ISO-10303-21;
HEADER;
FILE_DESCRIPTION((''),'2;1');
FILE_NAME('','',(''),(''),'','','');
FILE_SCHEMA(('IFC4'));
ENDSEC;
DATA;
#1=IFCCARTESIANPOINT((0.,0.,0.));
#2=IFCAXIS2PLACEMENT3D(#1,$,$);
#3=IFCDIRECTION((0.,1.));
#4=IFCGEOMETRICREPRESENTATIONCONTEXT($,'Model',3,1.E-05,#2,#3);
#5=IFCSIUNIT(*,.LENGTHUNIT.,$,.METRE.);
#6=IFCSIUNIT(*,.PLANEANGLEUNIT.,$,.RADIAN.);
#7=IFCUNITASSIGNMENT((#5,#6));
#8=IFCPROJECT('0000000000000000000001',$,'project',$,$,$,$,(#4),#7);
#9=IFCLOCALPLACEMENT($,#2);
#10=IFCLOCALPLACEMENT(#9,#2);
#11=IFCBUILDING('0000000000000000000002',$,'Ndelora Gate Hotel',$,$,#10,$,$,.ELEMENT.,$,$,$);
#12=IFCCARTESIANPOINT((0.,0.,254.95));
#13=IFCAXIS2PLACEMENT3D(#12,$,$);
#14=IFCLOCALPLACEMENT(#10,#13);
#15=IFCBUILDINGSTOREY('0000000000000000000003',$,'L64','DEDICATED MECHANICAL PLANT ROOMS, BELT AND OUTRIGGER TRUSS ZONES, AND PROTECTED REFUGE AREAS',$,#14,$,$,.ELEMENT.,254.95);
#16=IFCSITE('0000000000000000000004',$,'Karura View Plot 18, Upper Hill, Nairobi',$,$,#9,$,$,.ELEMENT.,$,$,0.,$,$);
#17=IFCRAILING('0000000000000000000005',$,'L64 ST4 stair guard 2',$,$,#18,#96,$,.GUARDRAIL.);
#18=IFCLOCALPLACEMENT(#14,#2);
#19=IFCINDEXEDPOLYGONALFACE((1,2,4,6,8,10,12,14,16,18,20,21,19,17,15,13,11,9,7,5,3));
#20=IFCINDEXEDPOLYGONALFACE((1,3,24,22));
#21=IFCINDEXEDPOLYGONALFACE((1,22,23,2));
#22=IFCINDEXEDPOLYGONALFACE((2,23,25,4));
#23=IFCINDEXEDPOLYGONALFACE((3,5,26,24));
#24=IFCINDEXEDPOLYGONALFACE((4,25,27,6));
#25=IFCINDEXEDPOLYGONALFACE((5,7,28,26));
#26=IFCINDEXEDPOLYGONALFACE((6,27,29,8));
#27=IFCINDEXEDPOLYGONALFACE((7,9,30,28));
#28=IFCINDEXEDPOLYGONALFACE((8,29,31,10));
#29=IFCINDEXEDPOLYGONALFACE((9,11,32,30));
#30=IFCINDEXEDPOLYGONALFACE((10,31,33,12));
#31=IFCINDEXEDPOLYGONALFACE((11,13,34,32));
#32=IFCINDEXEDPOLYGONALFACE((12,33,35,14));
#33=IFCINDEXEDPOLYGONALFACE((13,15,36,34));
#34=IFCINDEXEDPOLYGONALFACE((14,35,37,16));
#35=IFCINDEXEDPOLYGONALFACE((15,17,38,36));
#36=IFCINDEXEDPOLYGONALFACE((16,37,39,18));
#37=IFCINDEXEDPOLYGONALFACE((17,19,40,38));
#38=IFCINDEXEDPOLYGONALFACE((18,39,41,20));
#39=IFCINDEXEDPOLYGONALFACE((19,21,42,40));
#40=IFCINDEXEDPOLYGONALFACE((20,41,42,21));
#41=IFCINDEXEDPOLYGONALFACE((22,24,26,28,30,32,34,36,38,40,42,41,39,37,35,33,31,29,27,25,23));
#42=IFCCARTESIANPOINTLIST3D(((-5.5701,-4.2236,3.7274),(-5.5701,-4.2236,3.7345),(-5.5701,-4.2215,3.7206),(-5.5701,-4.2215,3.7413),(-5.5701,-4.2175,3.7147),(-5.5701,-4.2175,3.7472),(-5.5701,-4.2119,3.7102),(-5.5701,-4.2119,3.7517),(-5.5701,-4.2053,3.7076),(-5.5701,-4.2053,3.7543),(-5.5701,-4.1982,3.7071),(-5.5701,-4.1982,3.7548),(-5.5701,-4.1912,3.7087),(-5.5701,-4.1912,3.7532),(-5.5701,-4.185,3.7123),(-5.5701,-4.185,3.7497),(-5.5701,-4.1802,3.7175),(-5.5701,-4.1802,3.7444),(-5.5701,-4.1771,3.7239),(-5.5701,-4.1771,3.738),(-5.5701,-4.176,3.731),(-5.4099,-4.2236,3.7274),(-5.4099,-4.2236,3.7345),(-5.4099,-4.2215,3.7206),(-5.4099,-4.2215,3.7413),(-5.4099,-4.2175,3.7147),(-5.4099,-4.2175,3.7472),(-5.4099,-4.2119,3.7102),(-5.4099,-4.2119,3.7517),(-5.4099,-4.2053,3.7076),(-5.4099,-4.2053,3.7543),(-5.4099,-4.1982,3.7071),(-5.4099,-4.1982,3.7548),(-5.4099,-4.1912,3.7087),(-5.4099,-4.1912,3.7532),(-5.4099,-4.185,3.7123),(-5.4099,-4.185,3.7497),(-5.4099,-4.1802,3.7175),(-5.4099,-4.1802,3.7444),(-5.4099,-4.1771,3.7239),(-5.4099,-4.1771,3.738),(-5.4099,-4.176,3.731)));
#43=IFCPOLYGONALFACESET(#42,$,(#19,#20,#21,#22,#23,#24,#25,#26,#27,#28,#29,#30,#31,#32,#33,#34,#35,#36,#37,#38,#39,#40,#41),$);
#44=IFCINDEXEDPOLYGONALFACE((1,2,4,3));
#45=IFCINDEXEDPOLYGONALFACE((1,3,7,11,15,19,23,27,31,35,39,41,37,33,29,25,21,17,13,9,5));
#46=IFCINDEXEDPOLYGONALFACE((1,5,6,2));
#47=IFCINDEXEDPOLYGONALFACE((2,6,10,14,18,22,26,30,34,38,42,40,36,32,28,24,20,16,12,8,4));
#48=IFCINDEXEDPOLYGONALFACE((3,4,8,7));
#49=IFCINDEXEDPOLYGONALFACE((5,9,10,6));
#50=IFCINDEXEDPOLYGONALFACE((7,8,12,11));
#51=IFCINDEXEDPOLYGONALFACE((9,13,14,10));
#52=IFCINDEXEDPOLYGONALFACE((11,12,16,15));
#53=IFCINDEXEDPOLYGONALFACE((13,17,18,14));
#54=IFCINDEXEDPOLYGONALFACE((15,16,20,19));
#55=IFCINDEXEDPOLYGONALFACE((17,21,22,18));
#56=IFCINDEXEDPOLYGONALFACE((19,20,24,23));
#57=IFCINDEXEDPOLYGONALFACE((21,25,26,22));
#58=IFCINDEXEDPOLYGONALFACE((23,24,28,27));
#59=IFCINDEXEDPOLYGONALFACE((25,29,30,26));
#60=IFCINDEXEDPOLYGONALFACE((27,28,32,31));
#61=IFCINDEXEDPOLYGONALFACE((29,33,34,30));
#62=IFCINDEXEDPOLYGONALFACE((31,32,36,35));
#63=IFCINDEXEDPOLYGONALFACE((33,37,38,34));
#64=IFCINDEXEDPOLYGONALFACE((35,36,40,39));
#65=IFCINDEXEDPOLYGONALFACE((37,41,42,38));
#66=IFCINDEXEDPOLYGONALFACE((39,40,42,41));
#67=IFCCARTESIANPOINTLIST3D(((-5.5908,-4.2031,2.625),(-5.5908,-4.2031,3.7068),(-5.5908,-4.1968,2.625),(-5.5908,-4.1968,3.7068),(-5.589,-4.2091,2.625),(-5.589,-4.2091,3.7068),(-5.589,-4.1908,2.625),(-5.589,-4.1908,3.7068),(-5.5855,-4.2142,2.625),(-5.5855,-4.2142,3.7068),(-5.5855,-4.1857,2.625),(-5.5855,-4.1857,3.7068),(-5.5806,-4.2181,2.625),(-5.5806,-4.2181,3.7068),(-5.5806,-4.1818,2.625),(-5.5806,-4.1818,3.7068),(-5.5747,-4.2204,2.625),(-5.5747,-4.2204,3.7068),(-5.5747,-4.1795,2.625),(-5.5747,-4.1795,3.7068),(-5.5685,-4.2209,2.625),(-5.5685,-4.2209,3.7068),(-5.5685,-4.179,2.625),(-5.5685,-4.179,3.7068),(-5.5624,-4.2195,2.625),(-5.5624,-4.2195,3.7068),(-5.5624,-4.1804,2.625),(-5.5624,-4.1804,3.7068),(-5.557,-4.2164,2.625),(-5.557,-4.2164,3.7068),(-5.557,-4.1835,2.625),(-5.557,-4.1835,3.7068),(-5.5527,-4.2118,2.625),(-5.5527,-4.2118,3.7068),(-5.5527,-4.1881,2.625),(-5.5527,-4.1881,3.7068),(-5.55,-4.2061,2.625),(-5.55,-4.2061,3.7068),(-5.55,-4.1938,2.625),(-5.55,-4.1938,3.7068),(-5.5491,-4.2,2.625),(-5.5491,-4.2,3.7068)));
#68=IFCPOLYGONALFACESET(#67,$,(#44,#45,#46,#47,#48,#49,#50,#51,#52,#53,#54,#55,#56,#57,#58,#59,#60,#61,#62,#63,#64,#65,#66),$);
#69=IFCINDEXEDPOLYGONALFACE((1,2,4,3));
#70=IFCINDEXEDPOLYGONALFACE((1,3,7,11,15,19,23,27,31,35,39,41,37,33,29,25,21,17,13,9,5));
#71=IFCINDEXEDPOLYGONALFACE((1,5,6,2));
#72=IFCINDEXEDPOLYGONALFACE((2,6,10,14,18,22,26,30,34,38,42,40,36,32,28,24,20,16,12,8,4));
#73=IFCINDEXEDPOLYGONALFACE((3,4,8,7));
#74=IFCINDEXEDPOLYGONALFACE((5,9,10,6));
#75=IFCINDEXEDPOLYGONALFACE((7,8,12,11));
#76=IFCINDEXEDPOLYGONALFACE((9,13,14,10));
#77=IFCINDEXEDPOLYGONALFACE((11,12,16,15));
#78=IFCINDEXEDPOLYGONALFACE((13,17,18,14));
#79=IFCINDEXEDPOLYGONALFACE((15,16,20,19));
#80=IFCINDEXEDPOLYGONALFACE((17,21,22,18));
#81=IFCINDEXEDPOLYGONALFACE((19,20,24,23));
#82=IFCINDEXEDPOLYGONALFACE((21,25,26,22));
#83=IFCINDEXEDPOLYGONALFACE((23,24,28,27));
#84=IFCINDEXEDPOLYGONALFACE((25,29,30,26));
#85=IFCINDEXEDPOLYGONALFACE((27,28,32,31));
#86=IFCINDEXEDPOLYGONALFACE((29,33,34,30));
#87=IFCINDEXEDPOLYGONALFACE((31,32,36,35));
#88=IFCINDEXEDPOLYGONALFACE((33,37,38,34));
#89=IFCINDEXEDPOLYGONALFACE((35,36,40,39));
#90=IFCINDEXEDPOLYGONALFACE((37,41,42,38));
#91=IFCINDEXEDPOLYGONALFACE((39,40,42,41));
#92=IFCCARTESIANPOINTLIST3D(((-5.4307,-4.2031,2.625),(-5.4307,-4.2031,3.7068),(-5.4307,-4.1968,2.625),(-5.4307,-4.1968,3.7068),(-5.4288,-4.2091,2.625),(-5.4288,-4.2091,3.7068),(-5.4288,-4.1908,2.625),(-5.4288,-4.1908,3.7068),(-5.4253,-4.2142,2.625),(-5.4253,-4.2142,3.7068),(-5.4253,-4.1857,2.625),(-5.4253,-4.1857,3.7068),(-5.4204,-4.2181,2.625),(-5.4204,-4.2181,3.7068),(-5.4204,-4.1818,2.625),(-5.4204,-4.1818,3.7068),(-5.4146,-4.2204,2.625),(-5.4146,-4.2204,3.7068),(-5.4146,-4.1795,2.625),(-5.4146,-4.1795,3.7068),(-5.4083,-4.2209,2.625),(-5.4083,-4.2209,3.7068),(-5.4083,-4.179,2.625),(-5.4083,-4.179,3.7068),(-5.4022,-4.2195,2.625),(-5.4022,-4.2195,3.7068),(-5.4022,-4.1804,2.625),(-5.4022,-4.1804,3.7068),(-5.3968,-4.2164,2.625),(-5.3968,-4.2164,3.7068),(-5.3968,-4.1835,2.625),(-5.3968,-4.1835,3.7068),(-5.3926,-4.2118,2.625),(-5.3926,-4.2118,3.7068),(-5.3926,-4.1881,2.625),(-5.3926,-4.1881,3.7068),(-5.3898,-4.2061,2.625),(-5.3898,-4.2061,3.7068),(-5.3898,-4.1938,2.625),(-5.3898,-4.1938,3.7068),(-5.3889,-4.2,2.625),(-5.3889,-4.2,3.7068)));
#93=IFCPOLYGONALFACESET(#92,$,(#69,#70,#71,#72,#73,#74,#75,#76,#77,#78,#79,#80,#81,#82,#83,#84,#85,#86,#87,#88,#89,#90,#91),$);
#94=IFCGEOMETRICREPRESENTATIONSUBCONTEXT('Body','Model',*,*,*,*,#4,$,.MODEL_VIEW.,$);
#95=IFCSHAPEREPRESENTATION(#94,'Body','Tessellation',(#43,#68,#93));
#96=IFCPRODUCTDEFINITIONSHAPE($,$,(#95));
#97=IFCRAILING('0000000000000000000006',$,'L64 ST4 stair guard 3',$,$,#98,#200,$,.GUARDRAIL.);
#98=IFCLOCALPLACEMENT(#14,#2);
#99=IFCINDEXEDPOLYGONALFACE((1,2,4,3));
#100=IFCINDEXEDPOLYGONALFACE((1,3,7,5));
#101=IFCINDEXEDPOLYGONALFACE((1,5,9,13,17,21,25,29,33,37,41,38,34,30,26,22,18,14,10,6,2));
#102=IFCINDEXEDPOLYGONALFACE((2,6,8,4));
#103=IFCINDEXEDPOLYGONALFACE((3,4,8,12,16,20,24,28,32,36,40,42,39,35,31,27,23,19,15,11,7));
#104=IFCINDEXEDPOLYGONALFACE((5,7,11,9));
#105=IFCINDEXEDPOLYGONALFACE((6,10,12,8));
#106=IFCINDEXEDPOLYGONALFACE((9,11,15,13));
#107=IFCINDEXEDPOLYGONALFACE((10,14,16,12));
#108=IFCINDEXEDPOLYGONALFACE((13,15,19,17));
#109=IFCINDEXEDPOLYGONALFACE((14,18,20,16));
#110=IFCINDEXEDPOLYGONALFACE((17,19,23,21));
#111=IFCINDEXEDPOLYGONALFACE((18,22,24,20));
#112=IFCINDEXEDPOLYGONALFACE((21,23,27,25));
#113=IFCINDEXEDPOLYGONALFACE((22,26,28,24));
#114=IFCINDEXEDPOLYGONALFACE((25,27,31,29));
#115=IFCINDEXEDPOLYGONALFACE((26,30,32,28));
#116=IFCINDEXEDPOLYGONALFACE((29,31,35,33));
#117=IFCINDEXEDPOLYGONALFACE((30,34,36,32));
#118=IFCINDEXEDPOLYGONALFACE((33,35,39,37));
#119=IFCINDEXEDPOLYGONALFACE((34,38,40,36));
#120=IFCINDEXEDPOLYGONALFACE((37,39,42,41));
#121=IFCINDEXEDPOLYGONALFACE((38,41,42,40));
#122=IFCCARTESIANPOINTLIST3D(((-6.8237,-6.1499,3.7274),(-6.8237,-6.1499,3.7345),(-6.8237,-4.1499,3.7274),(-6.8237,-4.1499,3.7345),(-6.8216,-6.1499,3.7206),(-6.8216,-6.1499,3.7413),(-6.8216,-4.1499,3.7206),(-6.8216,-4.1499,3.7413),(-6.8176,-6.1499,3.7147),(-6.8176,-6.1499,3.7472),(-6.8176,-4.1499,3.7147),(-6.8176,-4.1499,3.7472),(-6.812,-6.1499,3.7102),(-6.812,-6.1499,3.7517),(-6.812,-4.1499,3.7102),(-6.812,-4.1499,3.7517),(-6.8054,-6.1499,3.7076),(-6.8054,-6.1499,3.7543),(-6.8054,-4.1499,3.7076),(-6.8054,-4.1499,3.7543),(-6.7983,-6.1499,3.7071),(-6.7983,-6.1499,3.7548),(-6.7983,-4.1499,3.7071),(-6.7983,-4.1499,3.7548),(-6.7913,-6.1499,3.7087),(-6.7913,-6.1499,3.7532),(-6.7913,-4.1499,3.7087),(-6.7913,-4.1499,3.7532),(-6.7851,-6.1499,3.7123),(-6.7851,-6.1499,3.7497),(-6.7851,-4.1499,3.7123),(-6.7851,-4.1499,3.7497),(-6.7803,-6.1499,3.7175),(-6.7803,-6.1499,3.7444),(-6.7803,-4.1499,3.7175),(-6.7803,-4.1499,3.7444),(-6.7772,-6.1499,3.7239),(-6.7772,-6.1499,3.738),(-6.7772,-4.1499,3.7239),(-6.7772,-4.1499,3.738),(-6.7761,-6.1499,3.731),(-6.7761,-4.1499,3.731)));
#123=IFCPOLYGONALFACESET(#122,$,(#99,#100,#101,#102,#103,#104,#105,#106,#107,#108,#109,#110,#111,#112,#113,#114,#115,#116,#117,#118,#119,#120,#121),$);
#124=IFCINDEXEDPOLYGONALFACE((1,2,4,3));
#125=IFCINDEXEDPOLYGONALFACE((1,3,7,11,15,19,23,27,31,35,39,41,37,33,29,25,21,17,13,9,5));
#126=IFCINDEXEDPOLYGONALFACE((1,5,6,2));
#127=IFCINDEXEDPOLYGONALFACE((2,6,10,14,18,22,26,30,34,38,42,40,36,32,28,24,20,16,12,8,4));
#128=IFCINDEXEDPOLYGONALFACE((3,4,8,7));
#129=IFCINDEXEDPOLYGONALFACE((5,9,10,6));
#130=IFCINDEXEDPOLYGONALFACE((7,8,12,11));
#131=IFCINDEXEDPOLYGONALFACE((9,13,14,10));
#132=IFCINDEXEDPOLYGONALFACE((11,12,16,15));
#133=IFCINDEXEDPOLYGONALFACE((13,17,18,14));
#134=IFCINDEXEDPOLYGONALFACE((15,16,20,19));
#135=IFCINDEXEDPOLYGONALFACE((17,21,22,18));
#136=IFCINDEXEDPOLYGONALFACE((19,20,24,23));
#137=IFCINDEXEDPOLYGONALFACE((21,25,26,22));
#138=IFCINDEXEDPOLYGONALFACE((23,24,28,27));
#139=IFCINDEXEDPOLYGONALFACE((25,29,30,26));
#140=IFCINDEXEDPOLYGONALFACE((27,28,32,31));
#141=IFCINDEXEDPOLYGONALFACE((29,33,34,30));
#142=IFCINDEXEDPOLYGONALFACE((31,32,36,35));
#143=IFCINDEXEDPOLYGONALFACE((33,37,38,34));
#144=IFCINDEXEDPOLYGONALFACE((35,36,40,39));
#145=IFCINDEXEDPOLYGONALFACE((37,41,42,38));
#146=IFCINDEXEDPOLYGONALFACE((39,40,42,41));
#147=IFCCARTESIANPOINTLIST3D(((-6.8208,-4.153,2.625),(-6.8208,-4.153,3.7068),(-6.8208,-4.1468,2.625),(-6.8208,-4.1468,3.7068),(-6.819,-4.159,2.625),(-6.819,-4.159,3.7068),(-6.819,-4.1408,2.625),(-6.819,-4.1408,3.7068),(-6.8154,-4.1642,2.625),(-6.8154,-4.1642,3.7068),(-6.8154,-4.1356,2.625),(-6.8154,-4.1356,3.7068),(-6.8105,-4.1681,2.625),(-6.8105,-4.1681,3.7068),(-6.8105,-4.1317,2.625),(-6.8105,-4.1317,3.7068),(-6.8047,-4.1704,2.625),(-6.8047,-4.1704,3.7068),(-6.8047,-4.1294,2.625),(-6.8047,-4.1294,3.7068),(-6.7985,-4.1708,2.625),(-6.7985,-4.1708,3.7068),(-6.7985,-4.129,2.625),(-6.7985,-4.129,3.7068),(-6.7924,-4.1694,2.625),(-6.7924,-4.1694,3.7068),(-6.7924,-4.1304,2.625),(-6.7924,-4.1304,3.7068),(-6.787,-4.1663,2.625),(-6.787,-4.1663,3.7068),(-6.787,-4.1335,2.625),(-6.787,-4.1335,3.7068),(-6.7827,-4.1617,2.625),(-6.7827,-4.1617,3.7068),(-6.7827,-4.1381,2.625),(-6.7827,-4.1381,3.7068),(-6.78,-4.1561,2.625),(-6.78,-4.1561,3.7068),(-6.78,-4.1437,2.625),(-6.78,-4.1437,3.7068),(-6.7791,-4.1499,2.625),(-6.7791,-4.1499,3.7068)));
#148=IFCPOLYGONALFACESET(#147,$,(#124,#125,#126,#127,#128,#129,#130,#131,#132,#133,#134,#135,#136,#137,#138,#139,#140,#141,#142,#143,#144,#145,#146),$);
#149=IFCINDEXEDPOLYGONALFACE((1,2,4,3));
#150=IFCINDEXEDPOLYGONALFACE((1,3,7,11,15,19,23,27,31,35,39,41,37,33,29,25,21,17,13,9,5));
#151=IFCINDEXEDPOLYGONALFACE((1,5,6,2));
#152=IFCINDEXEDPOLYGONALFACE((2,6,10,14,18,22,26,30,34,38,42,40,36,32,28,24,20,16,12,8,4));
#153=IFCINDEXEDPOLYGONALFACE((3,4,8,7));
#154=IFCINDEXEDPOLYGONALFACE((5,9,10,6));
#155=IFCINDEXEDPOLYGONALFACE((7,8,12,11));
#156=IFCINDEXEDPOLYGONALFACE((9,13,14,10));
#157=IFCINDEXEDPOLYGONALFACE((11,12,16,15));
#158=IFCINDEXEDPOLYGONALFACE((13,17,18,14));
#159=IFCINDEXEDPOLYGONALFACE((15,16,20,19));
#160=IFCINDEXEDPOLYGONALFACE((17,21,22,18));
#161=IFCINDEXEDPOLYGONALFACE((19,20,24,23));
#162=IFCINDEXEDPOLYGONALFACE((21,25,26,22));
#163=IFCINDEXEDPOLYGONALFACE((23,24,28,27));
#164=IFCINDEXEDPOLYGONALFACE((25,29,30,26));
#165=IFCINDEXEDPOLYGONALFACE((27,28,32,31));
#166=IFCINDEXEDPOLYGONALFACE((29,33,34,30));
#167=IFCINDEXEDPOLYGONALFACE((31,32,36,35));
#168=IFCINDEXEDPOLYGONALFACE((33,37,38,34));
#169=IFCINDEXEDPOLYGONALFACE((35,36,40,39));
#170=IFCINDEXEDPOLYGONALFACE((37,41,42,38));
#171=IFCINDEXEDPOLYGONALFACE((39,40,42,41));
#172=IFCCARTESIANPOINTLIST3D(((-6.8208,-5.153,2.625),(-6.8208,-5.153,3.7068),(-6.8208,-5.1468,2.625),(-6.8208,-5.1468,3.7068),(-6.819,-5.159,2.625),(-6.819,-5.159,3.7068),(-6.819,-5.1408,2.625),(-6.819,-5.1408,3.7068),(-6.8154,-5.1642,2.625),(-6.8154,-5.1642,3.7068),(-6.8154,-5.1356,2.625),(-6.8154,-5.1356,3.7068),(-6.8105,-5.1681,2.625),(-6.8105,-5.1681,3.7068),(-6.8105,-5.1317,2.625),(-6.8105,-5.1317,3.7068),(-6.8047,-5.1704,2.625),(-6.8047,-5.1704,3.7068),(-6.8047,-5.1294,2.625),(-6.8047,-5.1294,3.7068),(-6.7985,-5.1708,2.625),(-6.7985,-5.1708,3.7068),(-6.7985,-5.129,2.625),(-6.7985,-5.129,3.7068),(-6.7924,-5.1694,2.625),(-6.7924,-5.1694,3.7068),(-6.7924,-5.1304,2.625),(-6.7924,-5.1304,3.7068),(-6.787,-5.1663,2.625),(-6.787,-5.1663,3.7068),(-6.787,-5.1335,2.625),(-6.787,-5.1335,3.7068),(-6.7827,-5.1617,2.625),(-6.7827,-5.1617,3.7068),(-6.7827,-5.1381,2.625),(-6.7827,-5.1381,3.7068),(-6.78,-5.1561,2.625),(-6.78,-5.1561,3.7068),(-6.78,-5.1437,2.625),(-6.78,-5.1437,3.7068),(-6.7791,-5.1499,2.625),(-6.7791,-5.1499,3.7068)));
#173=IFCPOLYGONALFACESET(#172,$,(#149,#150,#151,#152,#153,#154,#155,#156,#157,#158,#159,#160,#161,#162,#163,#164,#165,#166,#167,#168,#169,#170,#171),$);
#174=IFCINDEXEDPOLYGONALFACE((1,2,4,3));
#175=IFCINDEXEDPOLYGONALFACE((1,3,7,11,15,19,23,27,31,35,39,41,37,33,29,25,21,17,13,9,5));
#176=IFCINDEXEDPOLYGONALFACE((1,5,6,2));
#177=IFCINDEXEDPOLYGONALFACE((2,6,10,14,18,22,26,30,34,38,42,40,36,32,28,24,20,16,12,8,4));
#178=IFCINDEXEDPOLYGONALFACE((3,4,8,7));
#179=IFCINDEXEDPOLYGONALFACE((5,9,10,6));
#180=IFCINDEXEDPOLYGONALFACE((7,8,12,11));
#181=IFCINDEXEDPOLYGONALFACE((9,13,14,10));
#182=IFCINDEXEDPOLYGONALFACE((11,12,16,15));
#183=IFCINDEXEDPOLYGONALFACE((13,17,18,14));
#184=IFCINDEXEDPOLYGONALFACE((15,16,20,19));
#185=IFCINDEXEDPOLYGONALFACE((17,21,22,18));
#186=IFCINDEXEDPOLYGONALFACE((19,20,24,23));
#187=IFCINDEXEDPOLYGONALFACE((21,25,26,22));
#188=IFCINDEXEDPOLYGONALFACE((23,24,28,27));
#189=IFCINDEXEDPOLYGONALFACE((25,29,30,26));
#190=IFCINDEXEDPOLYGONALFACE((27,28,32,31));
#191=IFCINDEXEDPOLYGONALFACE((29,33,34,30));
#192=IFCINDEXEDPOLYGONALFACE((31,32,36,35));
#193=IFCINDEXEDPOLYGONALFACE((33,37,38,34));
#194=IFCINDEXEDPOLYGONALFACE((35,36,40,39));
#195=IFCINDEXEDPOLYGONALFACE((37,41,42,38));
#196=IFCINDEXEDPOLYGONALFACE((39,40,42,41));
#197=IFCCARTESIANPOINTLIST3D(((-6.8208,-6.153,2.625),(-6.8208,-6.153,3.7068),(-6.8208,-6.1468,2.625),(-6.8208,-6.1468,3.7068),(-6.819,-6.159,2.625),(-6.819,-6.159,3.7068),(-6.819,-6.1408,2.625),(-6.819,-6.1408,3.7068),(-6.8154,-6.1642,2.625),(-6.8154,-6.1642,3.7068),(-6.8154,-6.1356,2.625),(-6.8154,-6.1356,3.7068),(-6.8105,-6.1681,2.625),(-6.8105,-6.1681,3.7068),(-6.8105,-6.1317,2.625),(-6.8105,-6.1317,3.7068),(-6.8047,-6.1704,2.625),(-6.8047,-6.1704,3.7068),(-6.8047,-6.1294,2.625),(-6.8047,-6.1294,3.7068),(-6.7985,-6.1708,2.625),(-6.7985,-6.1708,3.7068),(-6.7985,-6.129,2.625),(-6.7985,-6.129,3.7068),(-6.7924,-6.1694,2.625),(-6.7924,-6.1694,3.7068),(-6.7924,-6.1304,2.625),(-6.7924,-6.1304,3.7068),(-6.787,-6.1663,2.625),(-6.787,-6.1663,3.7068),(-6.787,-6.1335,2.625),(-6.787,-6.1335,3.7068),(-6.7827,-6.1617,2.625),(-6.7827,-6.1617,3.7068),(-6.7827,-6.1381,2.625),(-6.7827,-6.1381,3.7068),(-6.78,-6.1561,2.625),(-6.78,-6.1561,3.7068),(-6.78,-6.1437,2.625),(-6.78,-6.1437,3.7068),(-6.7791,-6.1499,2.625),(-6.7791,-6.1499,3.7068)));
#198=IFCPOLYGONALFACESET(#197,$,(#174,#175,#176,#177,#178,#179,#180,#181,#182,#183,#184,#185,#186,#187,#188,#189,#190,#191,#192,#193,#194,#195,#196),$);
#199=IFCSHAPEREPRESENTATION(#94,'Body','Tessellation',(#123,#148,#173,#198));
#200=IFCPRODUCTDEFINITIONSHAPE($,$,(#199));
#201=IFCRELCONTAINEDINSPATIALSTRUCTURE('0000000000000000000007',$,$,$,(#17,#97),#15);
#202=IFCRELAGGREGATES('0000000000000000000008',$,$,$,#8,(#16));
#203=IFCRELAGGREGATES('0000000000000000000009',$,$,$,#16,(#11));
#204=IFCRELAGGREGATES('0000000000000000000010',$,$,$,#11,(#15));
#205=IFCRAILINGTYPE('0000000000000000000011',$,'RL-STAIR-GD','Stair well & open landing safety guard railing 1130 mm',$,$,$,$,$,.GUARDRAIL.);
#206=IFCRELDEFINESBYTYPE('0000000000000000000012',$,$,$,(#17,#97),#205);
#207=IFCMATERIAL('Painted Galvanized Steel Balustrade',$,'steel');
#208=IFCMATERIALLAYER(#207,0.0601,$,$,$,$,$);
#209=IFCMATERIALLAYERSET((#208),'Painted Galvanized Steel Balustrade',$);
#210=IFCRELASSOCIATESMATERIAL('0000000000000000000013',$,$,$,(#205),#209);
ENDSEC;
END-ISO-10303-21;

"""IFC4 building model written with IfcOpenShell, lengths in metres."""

from ifc_helpers import new_model, si_unit, direction, frame, origin, origin_2d, place, context, subcontext, project, spatial, circle, extrude, material, layer, layer_set, type_object, element, save


model = new_model("IFC4")

# Units and contexts
model_context = context("Model", 3, precision=1e-05, world=origin(), true_north=direction((0.0, 1.0)))
body_context = subcontext(model_context, "Body", "Model", "MODEL_VIEW")
ifc_project = project(units=[si_unit("LENGTHUNIT", "METRE"), si_unit("PLANEANGLEUNIT", "RADIAN")], contexts=[model_context])

# Site, building, storey
site_placement = place(None, origin())
site = spatial("IfcSite", under=ifc_project, at=site_placement, Name="Karura View Plot 18, Upper Hill, Nairobi", CompositionType="ELEMENT", RefElevation=0.0)
building_placement = place(site_placement, origin())
building = spatial("IfcBuilding", under=site, at=building_placement, Name="Ndelora Gate Hotel", CompositionType="ELEMENT")
storey_placement = place(building_placement, frame((0.0, 0.0, 254.95)))
storey = spatial("IfcBuildingStorey", under=building, at=storey_placement, Name="L64", Description="DEDICATED MECHANICAL PLANT ROOMS, BELT AND OUTRIGGER TRUSS ZONES, AND PROTECTED REFUGE AREAS", CompositionType="ELEMENT", Elevation=254.95)

# Railings
ifc_material_1 = material(Name="Painted Galvanized Steel Balustrade", Category="steel")
ifc_layer_1 = layer(ifc_material_1, 0.0601)
ifc_layer_set_1 = layer_set([ifc_layer_1], Name="Painted Galvanized Steel Balustrade")
railing_type_1 = type_object("IfcRailingType", Name="RL-STAIR-GD", Description="Stair well & open landing safety guard railing 1130 mm", PredefinedType="GUARDRAIL", material=ifc_layer_set_1)
railing_1_placement = place(storey_placement, frame((-5.5701, -4.2, 2.625)))
element("IfcRailing", 1, at=railing_1_placement, inside=storey, type_object=railing_type_1, Name="L64 ST4 stair guard 2", PredefinedType="GUARDRAIL", context=body_context, shape_type="SweptSolid", body=[
    extrude(circle(Radius=0.0239, at=origin_2d()), frame((0.0, 0.0, 1.106), z_axis=(1.0, 0.0, 0.0), x_axis=(0.0, 1.0, 0.0)), (0.0, 0.0, 1.0), 0.1602),
    extrude(circle(Radius=0.021, at=origin_2d()), origin(), (0.0, 0.0, 1.0), 1.0818),
    extrude(circle(Radius=0.021, at=origin_2d()), frame((0.1602, 0.0, 0.0)), (0.0, 0.0, 1.0), 1.0818),
])
for number, where, name in (
    (2, (-6.8, -4.1499, 2.625), "L64 ST4 stair guard 3"),
):
    element("IfcRailing", number, at=place(storey_placement, frame(where)), inside=storey, type_object=railing_type_1, Name=name, PredefinedType="GUARDRAIL", context=body_context, shape_type="SweptSolid", body=[
        extrude(circle(Radius=0.0239, at=origin_2d()), frame((0.0, 0.0, 1.106), z_axis=(0.0, -1.0, 0.0), x_axis=(1.0, 0.0, 0.0)), (0.0, 0.0, 1.0), 2.0),
        extrude(circle(Radius=0.021, at=origin_2d()), origin(), (0.0, 0.0, 1.0), 1.0818),
        extrude(circle(Radius=0.021, at=origin_2d()), frame((0.0, -1.0, 0.0)), (0.0, 0.0, 1.0), 1.0818),
        extrude(circle(Radius=0.021, at=origin_2d()), frame((0.0, -2.0, 0.0)), (0.0, 0.0, 1.0), 1.0818),
    ])

save(model, "model.ifc")
